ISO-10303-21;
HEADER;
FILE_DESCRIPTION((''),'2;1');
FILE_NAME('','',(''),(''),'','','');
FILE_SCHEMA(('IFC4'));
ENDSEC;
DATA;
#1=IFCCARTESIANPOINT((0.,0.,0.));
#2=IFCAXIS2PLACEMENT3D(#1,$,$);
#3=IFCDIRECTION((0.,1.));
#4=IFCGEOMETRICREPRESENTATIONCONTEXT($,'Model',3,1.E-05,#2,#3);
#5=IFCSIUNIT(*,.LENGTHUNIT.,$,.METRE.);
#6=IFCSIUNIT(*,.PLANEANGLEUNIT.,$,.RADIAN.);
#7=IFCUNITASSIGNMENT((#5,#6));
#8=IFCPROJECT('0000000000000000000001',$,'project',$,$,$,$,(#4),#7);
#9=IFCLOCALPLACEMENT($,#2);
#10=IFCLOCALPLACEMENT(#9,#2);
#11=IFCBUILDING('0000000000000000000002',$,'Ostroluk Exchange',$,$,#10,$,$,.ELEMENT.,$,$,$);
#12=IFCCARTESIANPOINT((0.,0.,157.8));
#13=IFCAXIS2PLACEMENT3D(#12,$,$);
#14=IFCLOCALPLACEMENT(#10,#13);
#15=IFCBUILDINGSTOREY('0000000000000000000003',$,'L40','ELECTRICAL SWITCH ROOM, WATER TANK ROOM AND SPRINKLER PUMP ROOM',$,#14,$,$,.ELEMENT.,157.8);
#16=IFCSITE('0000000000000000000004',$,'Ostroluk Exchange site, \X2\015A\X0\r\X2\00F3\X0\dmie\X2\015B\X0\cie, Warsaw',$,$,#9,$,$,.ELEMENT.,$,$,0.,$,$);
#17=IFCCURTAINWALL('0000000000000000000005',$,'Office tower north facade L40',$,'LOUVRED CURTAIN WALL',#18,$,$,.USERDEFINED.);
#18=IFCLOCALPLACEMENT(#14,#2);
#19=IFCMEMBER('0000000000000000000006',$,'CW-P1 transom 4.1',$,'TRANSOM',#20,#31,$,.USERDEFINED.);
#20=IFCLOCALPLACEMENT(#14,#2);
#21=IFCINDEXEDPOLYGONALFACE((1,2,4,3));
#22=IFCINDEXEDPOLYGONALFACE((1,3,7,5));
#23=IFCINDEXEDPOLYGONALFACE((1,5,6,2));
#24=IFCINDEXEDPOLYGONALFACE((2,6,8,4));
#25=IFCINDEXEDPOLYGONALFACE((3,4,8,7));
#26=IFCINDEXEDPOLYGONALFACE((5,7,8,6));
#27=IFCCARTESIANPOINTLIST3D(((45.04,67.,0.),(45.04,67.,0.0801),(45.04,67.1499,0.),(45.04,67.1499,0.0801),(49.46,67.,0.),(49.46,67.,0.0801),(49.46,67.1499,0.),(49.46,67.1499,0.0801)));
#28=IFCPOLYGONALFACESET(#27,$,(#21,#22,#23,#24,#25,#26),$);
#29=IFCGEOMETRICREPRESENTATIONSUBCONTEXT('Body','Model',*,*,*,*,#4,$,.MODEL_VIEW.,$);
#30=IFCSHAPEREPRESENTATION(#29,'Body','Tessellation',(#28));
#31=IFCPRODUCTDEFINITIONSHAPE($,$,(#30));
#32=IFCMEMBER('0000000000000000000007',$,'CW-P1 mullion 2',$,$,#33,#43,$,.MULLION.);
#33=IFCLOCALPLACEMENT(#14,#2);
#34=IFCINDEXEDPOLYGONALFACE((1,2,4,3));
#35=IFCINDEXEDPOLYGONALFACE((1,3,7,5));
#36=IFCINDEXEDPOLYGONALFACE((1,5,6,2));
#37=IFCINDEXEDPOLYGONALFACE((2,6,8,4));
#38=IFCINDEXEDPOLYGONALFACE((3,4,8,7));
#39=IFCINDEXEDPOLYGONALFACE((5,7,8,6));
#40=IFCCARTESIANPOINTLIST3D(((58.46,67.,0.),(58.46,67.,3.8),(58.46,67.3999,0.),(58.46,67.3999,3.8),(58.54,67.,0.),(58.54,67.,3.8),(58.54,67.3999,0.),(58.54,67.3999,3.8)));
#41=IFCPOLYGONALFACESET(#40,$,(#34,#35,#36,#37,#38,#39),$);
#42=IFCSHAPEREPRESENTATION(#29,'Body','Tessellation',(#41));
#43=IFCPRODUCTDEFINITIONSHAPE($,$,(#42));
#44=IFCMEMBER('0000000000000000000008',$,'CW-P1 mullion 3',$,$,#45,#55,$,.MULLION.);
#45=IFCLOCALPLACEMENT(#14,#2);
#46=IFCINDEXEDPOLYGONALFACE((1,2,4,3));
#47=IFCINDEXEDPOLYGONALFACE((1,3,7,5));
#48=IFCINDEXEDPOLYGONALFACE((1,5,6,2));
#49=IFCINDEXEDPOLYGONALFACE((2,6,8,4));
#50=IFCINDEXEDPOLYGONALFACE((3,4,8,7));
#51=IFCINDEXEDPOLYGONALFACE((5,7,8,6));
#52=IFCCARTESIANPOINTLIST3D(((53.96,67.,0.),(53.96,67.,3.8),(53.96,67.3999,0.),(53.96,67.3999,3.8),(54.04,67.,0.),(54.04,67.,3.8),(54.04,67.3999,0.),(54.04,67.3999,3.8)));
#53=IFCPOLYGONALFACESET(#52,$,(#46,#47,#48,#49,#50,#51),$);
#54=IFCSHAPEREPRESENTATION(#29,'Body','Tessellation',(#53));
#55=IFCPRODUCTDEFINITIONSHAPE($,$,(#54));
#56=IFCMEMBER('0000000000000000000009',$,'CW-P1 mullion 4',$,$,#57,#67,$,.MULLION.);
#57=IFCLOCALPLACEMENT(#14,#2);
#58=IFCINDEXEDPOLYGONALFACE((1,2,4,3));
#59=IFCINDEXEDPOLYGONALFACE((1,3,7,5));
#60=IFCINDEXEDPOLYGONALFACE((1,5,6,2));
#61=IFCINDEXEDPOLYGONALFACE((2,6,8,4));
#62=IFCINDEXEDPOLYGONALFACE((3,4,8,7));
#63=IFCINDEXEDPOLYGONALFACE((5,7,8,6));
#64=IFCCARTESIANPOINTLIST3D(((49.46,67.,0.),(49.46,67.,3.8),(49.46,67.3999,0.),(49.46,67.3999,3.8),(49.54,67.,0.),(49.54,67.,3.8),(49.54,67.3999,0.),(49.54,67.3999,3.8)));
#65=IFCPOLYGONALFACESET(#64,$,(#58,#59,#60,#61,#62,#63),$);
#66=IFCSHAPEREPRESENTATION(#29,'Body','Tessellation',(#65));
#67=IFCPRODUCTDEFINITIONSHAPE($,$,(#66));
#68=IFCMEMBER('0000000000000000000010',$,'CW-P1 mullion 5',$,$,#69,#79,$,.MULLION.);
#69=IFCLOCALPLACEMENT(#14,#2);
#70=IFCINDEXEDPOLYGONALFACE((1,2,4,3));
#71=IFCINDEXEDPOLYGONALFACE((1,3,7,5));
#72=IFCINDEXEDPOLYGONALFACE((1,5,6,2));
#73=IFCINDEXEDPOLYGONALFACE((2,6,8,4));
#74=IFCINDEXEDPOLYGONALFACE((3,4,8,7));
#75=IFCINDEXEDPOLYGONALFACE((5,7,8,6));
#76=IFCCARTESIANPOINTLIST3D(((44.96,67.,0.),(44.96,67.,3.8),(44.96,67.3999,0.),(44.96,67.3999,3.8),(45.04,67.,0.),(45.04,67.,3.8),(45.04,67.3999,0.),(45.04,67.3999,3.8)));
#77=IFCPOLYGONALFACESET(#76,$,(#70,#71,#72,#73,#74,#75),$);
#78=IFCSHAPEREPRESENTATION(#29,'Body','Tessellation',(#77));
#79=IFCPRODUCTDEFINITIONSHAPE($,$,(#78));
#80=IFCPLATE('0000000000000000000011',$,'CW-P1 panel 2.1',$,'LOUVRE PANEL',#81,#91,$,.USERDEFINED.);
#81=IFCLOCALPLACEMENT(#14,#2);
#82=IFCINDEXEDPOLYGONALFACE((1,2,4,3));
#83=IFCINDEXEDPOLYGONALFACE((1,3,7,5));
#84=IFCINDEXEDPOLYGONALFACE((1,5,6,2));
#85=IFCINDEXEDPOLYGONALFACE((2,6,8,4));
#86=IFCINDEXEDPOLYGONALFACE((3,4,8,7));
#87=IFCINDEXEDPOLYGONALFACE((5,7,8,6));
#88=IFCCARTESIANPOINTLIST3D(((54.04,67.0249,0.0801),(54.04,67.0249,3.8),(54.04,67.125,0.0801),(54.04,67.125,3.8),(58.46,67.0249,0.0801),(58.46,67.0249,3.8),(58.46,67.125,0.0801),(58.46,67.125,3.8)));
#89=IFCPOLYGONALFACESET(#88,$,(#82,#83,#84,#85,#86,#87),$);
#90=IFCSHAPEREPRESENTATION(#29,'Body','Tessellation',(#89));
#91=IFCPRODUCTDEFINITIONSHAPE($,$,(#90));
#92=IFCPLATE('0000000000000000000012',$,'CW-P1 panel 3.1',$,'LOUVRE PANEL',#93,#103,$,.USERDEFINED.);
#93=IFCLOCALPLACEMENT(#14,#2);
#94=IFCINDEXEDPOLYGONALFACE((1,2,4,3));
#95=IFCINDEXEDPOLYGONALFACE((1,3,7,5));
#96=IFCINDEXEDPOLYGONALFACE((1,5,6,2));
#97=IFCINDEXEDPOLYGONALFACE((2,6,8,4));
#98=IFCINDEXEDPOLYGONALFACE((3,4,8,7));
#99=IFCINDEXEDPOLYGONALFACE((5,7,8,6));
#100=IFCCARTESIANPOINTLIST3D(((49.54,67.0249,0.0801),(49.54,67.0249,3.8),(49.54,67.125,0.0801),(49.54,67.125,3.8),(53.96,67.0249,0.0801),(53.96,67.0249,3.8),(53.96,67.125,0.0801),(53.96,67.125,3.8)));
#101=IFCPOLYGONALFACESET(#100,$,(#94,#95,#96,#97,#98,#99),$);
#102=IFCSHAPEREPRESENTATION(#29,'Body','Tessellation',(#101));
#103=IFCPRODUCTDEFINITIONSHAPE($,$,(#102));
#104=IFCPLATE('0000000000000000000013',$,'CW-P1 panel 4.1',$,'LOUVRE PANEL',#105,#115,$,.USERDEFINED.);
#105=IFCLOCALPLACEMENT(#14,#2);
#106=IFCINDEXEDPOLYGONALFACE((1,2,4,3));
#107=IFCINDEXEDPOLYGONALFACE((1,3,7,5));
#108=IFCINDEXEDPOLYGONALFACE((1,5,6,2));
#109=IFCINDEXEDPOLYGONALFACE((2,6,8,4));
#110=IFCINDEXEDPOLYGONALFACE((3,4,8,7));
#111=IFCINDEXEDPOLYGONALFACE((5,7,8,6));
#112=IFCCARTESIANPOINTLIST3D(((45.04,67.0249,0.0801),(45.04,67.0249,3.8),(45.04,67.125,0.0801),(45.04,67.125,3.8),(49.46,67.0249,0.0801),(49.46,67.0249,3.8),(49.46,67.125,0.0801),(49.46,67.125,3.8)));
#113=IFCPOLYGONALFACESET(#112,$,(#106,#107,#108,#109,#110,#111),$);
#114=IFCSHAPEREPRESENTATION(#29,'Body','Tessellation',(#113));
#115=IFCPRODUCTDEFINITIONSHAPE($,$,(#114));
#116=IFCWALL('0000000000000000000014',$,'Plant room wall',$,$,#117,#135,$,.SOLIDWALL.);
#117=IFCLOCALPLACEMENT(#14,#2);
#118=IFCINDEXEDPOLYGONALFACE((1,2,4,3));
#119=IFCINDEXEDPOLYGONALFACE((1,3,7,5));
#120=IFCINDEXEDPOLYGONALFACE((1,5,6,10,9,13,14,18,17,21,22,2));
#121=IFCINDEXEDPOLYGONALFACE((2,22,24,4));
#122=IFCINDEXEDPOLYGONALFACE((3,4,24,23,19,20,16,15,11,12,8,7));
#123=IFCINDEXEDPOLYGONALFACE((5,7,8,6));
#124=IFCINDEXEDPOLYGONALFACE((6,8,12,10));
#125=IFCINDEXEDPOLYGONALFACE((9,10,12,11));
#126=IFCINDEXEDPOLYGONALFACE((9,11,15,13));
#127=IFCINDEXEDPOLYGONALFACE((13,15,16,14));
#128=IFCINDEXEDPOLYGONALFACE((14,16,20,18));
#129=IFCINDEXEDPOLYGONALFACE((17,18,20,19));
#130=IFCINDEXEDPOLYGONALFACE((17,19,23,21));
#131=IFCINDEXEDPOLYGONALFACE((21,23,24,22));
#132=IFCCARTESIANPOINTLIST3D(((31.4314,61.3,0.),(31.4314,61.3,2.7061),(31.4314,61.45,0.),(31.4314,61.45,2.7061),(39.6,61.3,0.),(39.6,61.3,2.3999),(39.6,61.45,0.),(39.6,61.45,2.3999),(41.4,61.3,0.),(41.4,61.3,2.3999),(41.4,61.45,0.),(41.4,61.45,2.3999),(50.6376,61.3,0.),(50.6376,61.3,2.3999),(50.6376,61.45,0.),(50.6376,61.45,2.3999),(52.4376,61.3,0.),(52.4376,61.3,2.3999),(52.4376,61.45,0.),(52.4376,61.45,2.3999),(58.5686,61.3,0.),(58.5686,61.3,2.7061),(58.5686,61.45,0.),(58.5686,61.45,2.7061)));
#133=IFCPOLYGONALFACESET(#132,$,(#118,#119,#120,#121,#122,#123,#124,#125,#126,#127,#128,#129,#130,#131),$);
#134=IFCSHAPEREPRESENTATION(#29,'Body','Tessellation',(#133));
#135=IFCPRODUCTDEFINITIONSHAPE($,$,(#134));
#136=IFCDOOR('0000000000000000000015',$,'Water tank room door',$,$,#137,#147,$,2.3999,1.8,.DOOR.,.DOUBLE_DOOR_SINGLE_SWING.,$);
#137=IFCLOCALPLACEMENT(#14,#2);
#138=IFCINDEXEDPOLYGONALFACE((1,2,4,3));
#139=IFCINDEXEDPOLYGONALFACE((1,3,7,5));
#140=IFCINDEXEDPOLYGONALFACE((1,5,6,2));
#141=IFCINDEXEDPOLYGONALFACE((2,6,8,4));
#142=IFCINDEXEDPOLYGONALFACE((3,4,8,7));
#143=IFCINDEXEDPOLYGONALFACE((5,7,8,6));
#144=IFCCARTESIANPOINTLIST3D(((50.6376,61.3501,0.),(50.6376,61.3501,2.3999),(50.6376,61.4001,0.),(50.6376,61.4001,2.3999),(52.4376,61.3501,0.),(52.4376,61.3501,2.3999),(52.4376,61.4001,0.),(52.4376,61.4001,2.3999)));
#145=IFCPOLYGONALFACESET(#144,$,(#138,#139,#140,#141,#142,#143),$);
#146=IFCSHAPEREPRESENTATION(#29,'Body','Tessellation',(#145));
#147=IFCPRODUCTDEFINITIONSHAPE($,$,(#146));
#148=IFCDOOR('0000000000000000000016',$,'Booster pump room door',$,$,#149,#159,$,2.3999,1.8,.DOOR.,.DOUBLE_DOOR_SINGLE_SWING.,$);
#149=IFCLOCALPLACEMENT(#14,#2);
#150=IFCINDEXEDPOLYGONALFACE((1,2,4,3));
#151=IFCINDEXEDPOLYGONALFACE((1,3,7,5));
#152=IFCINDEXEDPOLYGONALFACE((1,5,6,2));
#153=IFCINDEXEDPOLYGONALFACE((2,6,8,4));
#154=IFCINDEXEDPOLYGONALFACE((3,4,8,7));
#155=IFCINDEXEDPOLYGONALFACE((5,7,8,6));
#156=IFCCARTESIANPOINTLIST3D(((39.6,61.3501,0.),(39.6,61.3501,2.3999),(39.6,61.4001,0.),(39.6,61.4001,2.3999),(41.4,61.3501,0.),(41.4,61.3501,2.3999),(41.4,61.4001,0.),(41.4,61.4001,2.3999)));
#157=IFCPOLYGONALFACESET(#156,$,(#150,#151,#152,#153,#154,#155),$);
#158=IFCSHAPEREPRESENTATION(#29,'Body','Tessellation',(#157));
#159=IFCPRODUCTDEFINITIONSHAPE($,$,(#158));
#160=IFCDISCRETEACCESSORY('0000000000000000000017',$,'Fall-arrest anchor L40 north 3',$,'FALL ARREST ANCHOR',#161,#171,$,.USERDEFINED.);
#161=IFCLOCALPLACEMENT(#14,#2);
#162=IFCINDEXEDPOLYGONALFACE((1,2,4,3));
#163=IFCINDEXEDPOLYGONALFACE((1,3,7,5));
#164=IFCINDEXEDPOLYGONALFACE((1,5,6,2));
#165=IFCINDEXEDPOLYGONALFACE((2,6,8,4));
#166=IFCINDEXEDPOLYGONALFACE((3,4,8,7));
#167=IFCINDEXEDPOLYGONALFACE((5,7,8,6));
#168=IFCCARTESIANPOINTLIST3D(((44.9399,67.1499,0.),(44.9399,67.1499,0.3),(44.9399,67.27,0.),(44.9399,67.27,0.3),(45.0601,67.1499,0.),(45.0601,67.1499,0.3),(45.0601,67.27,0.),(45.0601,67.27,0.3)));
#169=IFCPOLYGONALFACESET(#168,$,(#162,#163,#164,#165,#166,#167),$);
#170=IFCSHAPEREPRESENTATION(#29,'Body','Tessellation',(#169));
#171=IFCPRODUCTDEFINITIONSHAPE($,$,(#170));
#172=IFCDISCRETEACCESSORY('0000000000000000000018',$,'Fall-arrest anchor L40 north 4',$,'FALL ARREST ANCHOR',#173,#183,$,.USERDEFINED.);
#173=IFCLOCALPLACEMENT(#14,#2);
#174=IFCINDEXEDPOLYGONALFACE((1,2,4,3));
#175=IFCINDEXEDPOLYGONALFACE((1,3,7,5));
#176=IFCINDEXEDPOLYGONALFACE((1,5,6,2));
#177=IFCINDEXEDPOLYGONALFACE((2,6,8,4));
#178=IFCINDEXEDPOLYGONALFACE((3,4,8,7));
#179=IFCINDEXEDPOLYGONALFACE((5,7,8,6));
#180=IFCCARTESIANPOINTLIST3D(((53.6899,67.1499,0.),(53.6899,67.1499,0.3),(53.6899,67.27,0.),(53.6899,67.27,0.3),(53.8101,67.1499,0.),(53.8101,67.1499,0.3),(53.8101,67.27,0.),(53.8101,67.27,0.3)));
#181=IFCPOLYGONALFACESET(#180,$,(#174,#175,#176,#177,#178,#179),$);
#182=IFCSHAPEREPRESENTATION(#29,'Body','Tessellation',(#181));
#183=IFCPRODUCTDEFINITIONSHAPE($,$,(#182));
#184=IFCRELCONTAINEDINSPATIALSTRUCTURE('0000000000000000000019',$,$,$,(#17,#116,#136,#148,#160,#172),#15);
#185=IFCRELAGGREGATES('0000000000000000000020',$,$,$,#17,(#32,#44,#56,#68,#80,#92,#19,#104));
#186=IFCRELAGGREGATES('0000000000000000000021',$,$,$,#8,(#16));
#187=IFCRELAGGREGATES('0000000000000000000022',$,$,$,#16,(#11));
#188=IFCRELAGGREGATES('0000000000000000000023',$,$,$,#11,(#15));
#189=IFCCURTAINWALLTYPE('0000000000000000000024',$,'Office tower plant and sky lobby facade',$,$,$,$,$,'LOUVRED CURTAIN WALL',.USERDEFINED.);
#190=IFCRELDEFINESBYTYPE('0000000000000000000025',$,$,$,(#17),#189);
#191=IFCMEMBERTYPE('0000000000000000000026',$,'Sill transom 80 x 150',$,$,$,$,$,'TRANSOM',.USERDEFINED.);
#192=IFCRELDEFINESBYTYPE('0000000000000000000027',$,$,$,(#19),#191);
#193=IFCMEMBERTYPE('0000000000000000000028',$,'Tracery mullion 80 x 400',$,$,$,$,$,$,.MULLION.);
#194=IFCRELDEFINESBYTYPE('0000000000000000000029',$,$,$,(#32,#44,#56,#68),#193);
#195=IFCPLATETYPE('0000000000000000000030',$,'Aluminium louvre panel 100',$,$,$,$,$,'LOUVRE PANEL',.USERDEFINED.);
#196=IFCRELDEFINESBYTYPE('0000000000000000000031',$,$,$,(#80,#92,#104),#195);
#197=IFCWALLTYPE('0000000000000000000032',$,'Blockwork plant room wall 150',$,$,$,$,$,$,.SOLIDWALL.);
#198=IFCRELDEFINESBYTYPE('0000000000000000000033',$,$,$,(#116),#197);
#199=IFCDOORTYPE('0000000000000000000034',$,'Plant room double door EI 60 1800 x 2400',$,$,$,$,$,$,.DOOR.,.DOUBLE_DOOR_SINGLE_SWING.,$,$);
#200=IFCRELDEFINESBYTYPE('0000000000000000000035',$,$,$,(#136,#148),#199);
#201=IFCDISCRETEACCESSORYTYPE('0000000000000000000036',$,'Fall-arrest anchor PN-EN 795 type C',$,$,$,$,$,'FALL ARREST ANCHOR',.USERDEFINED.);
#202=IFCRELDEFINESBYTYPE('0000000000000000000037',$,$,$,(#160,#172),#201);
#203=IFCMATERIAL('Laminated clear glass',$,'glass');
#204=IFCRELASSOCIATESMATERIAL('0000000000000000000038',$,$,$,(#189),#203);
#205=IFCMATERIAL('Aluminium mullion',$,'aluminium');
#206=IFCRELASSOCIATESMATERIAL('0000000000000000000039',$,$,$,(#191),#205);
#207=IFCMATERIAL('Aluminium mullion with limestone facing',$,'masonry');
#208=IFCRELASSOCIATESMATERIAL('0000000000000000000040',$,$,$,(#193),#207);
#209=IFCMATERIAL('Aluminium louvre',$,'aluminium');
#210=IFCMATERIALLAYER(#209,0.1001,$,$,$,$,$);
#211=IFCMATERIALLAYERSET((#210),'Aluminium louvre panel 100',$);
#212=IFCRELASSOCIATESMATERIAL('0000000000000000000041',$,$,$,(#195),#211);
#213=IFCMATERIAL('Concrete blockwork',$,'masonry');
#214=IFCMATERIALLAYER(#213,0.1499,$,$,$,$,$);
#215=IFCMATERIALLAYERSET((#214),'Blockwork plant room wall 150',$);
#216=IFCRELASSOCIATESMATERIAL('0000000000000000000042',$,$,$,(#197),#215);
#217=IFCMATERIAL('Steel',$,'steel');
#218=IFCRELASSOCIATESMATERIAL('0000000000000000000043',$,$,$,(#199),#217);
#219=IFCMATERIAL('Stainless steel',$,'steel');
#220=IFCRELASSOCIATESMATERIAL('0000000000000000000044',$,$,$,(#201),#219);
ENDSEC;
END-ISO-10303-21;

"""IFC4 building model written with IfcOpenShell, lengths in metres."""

from ifc_helpers import new_model, si_unit, direction, frame, frame_2d, origin, origin_2d, place, context, subcontext, project, spatial, rectangle, extrude, material, layer, layer_set, material_profile, profile_set, type_object, element, fill, aggregate, save


model = new_model("IFC4")

# Units and contexts
model_context = context("Model", 3, precision=1e-05, world=origin(), true_north=direction((0.0, 1.0)))
body_context = subcontext(model_context, "Body", "Model", "MODEL_VIEW")
ifc_project = project(units=[si_unit("LENGTHUNIT", "METRE"), si_unit("PLANEANGLEUNIT", "RADIAN")], contexts=[model_context])

# Site, building, storey
site_placement = place(None, origin())
site = spatial("IfcSite", under=ifc_project, at=site_placement, Name="Ostroluk Exchange site, Śródmieście, Warsaw", CompositionType="ELEMENT", RefElevation=0.0)
building_placement = place(site_placement, origin())
building = spatial("IfcBuilding", under=site, at=building_placement, Name="Ostroluk Exchange", CompositionType="ELEMENT")
storey_placement = place(building_placement, frame((0.0, 0.0, 157.8)))
storey = spatial("IfcBuildingStorey", under=building, at=storey_placement, Name="L40", Description="ELECTRICAL SWITCH ROOM, WATER TANK ROOM AND SPRINKLER PUMP ROOM", CompositionType="ELEMENT", Elevation=157.8)

# Curtain wall, members, plates
ifc_material_1 = material(Name="Laminated clear glass", Category="glass")
curtain_wall_type = type_object("IfcCurtainWallType", Name="Office tower plant and sky lobby facade", ElementType="LOUVRED CURTAIN WALL", PredefinedType="USERDEFINED", material=ifc_material_1)
curtain_wall_placement = place(storey_placement, origin())
curtain_wall = element("IfcCurtainWall", 1, at=curtain_wall_placement, inside=storey, type_object=curtain_wall_type, Name="Office tower north facade L40", ObjectType="LOUVRED CURTAIN WALL", PredefinedType="USERDEFINED")
ifc_material_2 = material(Name="Aluminium mullion", Category="aluminium")
ifc_material_profile_1 = material_profile(ifc_material_2, rectangle(XDim=0.1499, YDim=0.0801, at=origin_2d()), Name="Sill transom 80 x 150")
ifc_profile_set_1 = profile_set([ifc_material_profile_1], Name="Aluminium mullion")
member_type_1 = type_object("IfcMemberType", Name="Sill transom 80 x 150", ElementType="TRANSOM", PredefinedType="USERDEFINED", material=ifc_profile_set_1)
member_1_placement = place(storey_placement, frame((49.46, 67.075, 0.04), z_axis=(-1.0, 0.0, 0.0), x_axis=(0.0, -1.0, 0.0)))
member_1 = element("IfcMember", 2, at=member_1_placement, type_object=member_type_1, Name="CW-P1 transom 4.1", ObjectType="TRANSOM", PredefinedType="USERDEFINED", context=body_context, shape_type="SweptSolid", body=[
    extrude(rectangle(XDim=0.1499, YDim=0.0801, at=origin_2d()), origin(), (0.0, 0.0, 1.0), 4.4199),
])
ifc_material_3 = material(Name="Aluminium mullion with limestone facing", Category="masonry")
ifc_material_profile_2 = material_profile(ifc_material_3, rectangle(XDim=0.3999, YDim=0.0801, at=origin_2d()), Name="Tracery mullion 80 x 400")
ifc_profile_set_2 = profile_set([ifc_material_profile_2], Name="Aluminium mullion with limestone facing")
member_type_2 = type_object("IfcMemberType", Name="Tracery mullion 80 x 400", PredefinedType="MULLION", material=ifc_profile_set_2)
member_2_placement = place(storey_placement, frame((58.5, 67.2, 0.0), z_axis=(0.0, 0.0, 1.0), x_axis=(0.0, -1.0, 0.0)))
member_2 = element("IfcMember", 3, at=member_2_placement, type_object=member_type_2, Name="CW-P1 mullion 2", PredefinedType="MULLION", context=body_context, shape_type="SweptSolid", body=[
    extrude(rectangle(XDim=0.3999, YDim=0.0801, at=origin_2d()), origin(), (0.0, 0.0, 1.0), 3.8),
])
member_3_placement = place(storey_placement, frame((54.0, 67.2, 0.0), z_axis=(0.0, 0.0, 1.0), x_axis=(0.0, -1.0, 0.0)))
member_3 = element("IfcMember", 4, at=member_3_placement, type_object=member_type_2, Name="CW-P1 mullion 3", PredefinedType="MULLION", context=body_context, shape_type="SweptSolid", body=[
    extrude(rectangle(XDim=0.3999, YDim=0.0801, at=origin_2d()), origin(), (0.0, 0.0, 1.0), 3.8),
])
member_4_placement = place(storey_placement, frame((49.5, 67.2, 0.0), z_axis=(0.0, 0.0, 1.0), x_axis=(0.0, -1.0, 0.0)))
member_4 = element("IfcMember", 5, at=member_4_placement, type_object=member_type_2, Name="CW-P1 mullion 4", PredefinedType="MULLION", context=body_context, shape_type="SweptSolid", body=[
    extrude(rectangle(XDim=0.3999, YDim=0.0801, at=origin_2d()), origin(), (0.0, 0.0, 1.0), 3.8),
])
member_5_placement = place(storey_placement, frame((45.0, 67.2, 0.0), z_axis=(0.0, 0.0, 1.0), x_axis=(0.0, -1.0, 0.0)))
member_5 = element("IfcMember", 6, at=member_5_placement, type_object=member_type_2, Name="CW-P1 mullion 5", PredefinedType="MULLION", context=body_context, shape_type="SweptSolid", body=[
    extrude(rectangle(XDim=0.3999, YDim=0.0801, at=origin_2d()), origin(), (0.0, 0.0, 1.0), 3.8),
])
ifc_material_4 = material(Name="Aluminium louvre", Category="aluminium")
ifc_layer_1 = layer(ifc_material_4, 0.1001)
ifc_layer_set_1 = layer_set([ifc_layer_1], Name="Aluminium louvre panel 100")
plate_type = type_object("IfcPlateType", Name="Aluminium louvre panel 100", ElementType="LOUVRE PANEL", PredefinedType="USERDEFINED", material=ifc_layer_set_1)
plate_1_placement = place(storey_placement, frame((56.25, 67.075, 0.0801), z_axis=(0.0, 0.0, 1.0), x_axis=(-1.0, 0.0, 0.0)))
plate_1 = element("IfcPlate", 7, at=plate_1_placement, type_object=plate_type, Name="CW-P1 panel 2.1", ObjectType="LOUVRE PANEL", PredefinedType="USERDEFINED", context=body_context, shape_type="SweptSolid", body=[
    extrude(rectangle(XDim=4.4199, YDim=0.1001, at=origin_2d()), origin(), (0.0, 0.0, 1.0), 3.72),
])
plate_2_placement = place(storey_placement, frame((51.75, 67.075, 0.0801), z_axis=(0.0, 0.0, 1.0), x_axis=(-1.0, 0.0, 0.0)))
plate_2 = element("IfcPlate", 8, at=plate_2_placement, type_object=plate_type, Name="CW-P1 panel 3.1", ObjectType="LOUVRE PANEL", PredefinedType="USERDEFINED", context=body_context, shape_type="SweptSolid", body=[
    extrude(rectangle(XDim=4.4199, YDim=0.1001, at=origin_2d()), origin(), (0.0, 0.0, 1.0), 3.72),
])
plate_3_placement = place(storey_placement, frame((47.25, 67.075, 0.0801), z_axis=(0.0, 0.0, 1.0), x_axis=(-1.0, 0.0, 0.0)))
plate_3 = element("IfcPlate", 9, at=plate_3_placement, type_object=plate_type, Name="CW-P1 panel 4.1", ObjectType="LOUVRE PANEL", PredefinedType="USERDEFINED", context=body_context, shape_type="SweptSolid", body=[
    extrude(rectangle(XDim=4.4199, YDim=0.1001, at=origin_2d()), origin(), (0.0, 0.0, 1.0), 3.72),
])
aggregate(curtain_wall, [member_2, member_3, member_4, member_5, plate_1, plate_2, member_1, plate_3])

# Wall, openings, doors
ifc_material_5 = material(Name="Concrete blockwork", Category="masonry")
ifc_layer_2 = layer(ifc_material_5, 0.1499)
ifc_layer_set_2 = layer_set([ifc_layer_2], Name="Blockwork plant room wall 150")
wall_type = type_object("IfcWallType", Name="Blockwork plant room wall 150", PredefinedType="SOLIDWALL", material=ifc_layer_set_2)
wall_placement = place(storey_placement, frame((58.5686, 61.375, 0.0), z_axis=(0.0, 0.0, 1.0), x_axis=(-1.0, 0.0, 0.0)))
wall = element("IfcWall", 10, at=wall_placement, inside=storey, type_object=wall_type, Name="Plant room wall", PredefinedType="SOLIDWALL", context=body_context, shape_type="SweptSolid", body=[
    extrude(rectangle(XDim=27.1372, YDim=0.1499, at=frame_2d((13.5686, 0.0))), origin(), (0.0, 0.0, 1.0), 2.7061),
])
opening_1_placement = place(wall_placement, frame((6.1311, 0.0, 0.0)))
opening_1 = element("IfcOpeningElement", 11, at=opening_1_placement, cuts=wall, PredefinedType="OPENING", context=body_context, shape_type="SweptSolid", body=[
    extrude(rectangle(XDim=1.8, YDim=2.3999, at=frame_2d((0.8999, 1.2))), frame((0.0, 0.085, 0.0), z_axis=(0.0, -1.0, 0.0), x_axis=(1.0, 0.0, 0.0)), (0.0, 0.0, 1.0), 0.1699),
])
opening_2_placement = place(wall_placement, frame((17.1687, 0.0, 0.0)))
opening_2 = element("IfcOpeningElement", 12, at=opening_2_placement, cuts=wall, PredefinedType="OPENING", context=body_context, shape_type="SweptSolid", body=[
    extrude(rectangle(XDim=1.8, YDim=2.3999, at=frame_2d((0.8999, 1.2))), frame((0.0, 0.085, 0.0), z_axis=(0.0, -1.0, 0.0), x_axis=(1.0, 0.0, 0.0)), (0.0, 0.0, 1.0), 0.1699),
])
ifc_material_6 = material(Name="Steel", Category="steel")
door_type = type_object("IfcDoorType", Name="Plant room double door EI 60 1800 x 2400", OperationType="DOUBLE_DOOR_SINGLE_SWING", PredefinedType="DOOR", material=ifc_material_6)
door_1_placement = place(opening_1_placement, origin())
door_1 = element("IfcDoor", 13, at=door_1_placement, inside=storey, type_object=door_type, Name="Water tank room door", OperationType="DOUBLE_DOOR_SINGLE_SWING", OverallHeight=2.3999, OverallWidth=1.8, PredefinedType="DOOR", context=body_context, shape_type="SweptSolid", body=[
    extrude(rectangle(XDim=1.8, YDim=2.3999, at=frame_2d((0.8999, 1.2))), frame((0.0, 0.0249, 0.0), z_axis=(0.0, -1.0, 0.0), x_axis=(1.0, 0.0, 0.0)), (0.0, 0.0, 1.0), 0.05),
])
fill(opening_1, door_1)
door_2_placement = place(opening_2_placement, origin())
door_2 = element("IfcDoor", 14, at=door_2_placement, inside=storey, type_object=door_type, Name="Booster pump room door", OperationType="DOUBLE_DOOR_SINGLE_SWING", OverallHeight=2.3999, OverallWidth=1.8, PredefinedType="DOOR", context=body_context, shape_type="SweptSolid", body=[
    extrude(rectangle(XDim=1.8, YDim=2.3999, at=frame_2d((0.8999, 1.2))), frame((0.0, 0.0249, 0.0), z_axis=(0.0, -1.0, 0.0), x_axis=(1.0, 0.0, 0.0)), (0.0, 0.0, 1.0), 0.05),
])
fill(opening_2, door_2)

# Discrete accessories
ifc_material_7 = material(Name="Stainless steel", Category="steel")
discrete_accessory_type = type_object("IfcDiscreteAccessoryType", Name="Fall-arrest anchor PN-EN 795 type C", ElementType="FALL ARREST ANCHOR", PredefinedType="USERDEFINED", material=ifc_material_7)
for number, where, z_axis, x_axis, name in (
    (15, (45.0, 67.21, 0.0), (0.0, 0.0, 1.0), (1.0, 0.0, 0.0), "Fall-arrest anchor L40 north 3"),
    (16, (53.75, 67.21, 0.0), (0.0, 0.0, 1.0), (1.0, 0.0, 0.0), "Fall-arrest anchor L40 north 4"),
):
    element("IfcDiscreteAccessory", number, at=place(storey_placement, frame(where, z_axis=z_axis, x_axis=x_axis)), inside=storey, type_object=discrete_accessory_type, Name=name, ObjectType="FALL ARREST ANCHOR", PredefinedType="USERDEFINED", context=body_context, shape_type="SweptSolid", body=[
        extrude(rectangle(XDim=0.1201, YDim=0.1201, at=origin_2d()), origin(), (0.0, 0.0, 1.0), 0.3),
    ])

save(model, "model.ifc")
